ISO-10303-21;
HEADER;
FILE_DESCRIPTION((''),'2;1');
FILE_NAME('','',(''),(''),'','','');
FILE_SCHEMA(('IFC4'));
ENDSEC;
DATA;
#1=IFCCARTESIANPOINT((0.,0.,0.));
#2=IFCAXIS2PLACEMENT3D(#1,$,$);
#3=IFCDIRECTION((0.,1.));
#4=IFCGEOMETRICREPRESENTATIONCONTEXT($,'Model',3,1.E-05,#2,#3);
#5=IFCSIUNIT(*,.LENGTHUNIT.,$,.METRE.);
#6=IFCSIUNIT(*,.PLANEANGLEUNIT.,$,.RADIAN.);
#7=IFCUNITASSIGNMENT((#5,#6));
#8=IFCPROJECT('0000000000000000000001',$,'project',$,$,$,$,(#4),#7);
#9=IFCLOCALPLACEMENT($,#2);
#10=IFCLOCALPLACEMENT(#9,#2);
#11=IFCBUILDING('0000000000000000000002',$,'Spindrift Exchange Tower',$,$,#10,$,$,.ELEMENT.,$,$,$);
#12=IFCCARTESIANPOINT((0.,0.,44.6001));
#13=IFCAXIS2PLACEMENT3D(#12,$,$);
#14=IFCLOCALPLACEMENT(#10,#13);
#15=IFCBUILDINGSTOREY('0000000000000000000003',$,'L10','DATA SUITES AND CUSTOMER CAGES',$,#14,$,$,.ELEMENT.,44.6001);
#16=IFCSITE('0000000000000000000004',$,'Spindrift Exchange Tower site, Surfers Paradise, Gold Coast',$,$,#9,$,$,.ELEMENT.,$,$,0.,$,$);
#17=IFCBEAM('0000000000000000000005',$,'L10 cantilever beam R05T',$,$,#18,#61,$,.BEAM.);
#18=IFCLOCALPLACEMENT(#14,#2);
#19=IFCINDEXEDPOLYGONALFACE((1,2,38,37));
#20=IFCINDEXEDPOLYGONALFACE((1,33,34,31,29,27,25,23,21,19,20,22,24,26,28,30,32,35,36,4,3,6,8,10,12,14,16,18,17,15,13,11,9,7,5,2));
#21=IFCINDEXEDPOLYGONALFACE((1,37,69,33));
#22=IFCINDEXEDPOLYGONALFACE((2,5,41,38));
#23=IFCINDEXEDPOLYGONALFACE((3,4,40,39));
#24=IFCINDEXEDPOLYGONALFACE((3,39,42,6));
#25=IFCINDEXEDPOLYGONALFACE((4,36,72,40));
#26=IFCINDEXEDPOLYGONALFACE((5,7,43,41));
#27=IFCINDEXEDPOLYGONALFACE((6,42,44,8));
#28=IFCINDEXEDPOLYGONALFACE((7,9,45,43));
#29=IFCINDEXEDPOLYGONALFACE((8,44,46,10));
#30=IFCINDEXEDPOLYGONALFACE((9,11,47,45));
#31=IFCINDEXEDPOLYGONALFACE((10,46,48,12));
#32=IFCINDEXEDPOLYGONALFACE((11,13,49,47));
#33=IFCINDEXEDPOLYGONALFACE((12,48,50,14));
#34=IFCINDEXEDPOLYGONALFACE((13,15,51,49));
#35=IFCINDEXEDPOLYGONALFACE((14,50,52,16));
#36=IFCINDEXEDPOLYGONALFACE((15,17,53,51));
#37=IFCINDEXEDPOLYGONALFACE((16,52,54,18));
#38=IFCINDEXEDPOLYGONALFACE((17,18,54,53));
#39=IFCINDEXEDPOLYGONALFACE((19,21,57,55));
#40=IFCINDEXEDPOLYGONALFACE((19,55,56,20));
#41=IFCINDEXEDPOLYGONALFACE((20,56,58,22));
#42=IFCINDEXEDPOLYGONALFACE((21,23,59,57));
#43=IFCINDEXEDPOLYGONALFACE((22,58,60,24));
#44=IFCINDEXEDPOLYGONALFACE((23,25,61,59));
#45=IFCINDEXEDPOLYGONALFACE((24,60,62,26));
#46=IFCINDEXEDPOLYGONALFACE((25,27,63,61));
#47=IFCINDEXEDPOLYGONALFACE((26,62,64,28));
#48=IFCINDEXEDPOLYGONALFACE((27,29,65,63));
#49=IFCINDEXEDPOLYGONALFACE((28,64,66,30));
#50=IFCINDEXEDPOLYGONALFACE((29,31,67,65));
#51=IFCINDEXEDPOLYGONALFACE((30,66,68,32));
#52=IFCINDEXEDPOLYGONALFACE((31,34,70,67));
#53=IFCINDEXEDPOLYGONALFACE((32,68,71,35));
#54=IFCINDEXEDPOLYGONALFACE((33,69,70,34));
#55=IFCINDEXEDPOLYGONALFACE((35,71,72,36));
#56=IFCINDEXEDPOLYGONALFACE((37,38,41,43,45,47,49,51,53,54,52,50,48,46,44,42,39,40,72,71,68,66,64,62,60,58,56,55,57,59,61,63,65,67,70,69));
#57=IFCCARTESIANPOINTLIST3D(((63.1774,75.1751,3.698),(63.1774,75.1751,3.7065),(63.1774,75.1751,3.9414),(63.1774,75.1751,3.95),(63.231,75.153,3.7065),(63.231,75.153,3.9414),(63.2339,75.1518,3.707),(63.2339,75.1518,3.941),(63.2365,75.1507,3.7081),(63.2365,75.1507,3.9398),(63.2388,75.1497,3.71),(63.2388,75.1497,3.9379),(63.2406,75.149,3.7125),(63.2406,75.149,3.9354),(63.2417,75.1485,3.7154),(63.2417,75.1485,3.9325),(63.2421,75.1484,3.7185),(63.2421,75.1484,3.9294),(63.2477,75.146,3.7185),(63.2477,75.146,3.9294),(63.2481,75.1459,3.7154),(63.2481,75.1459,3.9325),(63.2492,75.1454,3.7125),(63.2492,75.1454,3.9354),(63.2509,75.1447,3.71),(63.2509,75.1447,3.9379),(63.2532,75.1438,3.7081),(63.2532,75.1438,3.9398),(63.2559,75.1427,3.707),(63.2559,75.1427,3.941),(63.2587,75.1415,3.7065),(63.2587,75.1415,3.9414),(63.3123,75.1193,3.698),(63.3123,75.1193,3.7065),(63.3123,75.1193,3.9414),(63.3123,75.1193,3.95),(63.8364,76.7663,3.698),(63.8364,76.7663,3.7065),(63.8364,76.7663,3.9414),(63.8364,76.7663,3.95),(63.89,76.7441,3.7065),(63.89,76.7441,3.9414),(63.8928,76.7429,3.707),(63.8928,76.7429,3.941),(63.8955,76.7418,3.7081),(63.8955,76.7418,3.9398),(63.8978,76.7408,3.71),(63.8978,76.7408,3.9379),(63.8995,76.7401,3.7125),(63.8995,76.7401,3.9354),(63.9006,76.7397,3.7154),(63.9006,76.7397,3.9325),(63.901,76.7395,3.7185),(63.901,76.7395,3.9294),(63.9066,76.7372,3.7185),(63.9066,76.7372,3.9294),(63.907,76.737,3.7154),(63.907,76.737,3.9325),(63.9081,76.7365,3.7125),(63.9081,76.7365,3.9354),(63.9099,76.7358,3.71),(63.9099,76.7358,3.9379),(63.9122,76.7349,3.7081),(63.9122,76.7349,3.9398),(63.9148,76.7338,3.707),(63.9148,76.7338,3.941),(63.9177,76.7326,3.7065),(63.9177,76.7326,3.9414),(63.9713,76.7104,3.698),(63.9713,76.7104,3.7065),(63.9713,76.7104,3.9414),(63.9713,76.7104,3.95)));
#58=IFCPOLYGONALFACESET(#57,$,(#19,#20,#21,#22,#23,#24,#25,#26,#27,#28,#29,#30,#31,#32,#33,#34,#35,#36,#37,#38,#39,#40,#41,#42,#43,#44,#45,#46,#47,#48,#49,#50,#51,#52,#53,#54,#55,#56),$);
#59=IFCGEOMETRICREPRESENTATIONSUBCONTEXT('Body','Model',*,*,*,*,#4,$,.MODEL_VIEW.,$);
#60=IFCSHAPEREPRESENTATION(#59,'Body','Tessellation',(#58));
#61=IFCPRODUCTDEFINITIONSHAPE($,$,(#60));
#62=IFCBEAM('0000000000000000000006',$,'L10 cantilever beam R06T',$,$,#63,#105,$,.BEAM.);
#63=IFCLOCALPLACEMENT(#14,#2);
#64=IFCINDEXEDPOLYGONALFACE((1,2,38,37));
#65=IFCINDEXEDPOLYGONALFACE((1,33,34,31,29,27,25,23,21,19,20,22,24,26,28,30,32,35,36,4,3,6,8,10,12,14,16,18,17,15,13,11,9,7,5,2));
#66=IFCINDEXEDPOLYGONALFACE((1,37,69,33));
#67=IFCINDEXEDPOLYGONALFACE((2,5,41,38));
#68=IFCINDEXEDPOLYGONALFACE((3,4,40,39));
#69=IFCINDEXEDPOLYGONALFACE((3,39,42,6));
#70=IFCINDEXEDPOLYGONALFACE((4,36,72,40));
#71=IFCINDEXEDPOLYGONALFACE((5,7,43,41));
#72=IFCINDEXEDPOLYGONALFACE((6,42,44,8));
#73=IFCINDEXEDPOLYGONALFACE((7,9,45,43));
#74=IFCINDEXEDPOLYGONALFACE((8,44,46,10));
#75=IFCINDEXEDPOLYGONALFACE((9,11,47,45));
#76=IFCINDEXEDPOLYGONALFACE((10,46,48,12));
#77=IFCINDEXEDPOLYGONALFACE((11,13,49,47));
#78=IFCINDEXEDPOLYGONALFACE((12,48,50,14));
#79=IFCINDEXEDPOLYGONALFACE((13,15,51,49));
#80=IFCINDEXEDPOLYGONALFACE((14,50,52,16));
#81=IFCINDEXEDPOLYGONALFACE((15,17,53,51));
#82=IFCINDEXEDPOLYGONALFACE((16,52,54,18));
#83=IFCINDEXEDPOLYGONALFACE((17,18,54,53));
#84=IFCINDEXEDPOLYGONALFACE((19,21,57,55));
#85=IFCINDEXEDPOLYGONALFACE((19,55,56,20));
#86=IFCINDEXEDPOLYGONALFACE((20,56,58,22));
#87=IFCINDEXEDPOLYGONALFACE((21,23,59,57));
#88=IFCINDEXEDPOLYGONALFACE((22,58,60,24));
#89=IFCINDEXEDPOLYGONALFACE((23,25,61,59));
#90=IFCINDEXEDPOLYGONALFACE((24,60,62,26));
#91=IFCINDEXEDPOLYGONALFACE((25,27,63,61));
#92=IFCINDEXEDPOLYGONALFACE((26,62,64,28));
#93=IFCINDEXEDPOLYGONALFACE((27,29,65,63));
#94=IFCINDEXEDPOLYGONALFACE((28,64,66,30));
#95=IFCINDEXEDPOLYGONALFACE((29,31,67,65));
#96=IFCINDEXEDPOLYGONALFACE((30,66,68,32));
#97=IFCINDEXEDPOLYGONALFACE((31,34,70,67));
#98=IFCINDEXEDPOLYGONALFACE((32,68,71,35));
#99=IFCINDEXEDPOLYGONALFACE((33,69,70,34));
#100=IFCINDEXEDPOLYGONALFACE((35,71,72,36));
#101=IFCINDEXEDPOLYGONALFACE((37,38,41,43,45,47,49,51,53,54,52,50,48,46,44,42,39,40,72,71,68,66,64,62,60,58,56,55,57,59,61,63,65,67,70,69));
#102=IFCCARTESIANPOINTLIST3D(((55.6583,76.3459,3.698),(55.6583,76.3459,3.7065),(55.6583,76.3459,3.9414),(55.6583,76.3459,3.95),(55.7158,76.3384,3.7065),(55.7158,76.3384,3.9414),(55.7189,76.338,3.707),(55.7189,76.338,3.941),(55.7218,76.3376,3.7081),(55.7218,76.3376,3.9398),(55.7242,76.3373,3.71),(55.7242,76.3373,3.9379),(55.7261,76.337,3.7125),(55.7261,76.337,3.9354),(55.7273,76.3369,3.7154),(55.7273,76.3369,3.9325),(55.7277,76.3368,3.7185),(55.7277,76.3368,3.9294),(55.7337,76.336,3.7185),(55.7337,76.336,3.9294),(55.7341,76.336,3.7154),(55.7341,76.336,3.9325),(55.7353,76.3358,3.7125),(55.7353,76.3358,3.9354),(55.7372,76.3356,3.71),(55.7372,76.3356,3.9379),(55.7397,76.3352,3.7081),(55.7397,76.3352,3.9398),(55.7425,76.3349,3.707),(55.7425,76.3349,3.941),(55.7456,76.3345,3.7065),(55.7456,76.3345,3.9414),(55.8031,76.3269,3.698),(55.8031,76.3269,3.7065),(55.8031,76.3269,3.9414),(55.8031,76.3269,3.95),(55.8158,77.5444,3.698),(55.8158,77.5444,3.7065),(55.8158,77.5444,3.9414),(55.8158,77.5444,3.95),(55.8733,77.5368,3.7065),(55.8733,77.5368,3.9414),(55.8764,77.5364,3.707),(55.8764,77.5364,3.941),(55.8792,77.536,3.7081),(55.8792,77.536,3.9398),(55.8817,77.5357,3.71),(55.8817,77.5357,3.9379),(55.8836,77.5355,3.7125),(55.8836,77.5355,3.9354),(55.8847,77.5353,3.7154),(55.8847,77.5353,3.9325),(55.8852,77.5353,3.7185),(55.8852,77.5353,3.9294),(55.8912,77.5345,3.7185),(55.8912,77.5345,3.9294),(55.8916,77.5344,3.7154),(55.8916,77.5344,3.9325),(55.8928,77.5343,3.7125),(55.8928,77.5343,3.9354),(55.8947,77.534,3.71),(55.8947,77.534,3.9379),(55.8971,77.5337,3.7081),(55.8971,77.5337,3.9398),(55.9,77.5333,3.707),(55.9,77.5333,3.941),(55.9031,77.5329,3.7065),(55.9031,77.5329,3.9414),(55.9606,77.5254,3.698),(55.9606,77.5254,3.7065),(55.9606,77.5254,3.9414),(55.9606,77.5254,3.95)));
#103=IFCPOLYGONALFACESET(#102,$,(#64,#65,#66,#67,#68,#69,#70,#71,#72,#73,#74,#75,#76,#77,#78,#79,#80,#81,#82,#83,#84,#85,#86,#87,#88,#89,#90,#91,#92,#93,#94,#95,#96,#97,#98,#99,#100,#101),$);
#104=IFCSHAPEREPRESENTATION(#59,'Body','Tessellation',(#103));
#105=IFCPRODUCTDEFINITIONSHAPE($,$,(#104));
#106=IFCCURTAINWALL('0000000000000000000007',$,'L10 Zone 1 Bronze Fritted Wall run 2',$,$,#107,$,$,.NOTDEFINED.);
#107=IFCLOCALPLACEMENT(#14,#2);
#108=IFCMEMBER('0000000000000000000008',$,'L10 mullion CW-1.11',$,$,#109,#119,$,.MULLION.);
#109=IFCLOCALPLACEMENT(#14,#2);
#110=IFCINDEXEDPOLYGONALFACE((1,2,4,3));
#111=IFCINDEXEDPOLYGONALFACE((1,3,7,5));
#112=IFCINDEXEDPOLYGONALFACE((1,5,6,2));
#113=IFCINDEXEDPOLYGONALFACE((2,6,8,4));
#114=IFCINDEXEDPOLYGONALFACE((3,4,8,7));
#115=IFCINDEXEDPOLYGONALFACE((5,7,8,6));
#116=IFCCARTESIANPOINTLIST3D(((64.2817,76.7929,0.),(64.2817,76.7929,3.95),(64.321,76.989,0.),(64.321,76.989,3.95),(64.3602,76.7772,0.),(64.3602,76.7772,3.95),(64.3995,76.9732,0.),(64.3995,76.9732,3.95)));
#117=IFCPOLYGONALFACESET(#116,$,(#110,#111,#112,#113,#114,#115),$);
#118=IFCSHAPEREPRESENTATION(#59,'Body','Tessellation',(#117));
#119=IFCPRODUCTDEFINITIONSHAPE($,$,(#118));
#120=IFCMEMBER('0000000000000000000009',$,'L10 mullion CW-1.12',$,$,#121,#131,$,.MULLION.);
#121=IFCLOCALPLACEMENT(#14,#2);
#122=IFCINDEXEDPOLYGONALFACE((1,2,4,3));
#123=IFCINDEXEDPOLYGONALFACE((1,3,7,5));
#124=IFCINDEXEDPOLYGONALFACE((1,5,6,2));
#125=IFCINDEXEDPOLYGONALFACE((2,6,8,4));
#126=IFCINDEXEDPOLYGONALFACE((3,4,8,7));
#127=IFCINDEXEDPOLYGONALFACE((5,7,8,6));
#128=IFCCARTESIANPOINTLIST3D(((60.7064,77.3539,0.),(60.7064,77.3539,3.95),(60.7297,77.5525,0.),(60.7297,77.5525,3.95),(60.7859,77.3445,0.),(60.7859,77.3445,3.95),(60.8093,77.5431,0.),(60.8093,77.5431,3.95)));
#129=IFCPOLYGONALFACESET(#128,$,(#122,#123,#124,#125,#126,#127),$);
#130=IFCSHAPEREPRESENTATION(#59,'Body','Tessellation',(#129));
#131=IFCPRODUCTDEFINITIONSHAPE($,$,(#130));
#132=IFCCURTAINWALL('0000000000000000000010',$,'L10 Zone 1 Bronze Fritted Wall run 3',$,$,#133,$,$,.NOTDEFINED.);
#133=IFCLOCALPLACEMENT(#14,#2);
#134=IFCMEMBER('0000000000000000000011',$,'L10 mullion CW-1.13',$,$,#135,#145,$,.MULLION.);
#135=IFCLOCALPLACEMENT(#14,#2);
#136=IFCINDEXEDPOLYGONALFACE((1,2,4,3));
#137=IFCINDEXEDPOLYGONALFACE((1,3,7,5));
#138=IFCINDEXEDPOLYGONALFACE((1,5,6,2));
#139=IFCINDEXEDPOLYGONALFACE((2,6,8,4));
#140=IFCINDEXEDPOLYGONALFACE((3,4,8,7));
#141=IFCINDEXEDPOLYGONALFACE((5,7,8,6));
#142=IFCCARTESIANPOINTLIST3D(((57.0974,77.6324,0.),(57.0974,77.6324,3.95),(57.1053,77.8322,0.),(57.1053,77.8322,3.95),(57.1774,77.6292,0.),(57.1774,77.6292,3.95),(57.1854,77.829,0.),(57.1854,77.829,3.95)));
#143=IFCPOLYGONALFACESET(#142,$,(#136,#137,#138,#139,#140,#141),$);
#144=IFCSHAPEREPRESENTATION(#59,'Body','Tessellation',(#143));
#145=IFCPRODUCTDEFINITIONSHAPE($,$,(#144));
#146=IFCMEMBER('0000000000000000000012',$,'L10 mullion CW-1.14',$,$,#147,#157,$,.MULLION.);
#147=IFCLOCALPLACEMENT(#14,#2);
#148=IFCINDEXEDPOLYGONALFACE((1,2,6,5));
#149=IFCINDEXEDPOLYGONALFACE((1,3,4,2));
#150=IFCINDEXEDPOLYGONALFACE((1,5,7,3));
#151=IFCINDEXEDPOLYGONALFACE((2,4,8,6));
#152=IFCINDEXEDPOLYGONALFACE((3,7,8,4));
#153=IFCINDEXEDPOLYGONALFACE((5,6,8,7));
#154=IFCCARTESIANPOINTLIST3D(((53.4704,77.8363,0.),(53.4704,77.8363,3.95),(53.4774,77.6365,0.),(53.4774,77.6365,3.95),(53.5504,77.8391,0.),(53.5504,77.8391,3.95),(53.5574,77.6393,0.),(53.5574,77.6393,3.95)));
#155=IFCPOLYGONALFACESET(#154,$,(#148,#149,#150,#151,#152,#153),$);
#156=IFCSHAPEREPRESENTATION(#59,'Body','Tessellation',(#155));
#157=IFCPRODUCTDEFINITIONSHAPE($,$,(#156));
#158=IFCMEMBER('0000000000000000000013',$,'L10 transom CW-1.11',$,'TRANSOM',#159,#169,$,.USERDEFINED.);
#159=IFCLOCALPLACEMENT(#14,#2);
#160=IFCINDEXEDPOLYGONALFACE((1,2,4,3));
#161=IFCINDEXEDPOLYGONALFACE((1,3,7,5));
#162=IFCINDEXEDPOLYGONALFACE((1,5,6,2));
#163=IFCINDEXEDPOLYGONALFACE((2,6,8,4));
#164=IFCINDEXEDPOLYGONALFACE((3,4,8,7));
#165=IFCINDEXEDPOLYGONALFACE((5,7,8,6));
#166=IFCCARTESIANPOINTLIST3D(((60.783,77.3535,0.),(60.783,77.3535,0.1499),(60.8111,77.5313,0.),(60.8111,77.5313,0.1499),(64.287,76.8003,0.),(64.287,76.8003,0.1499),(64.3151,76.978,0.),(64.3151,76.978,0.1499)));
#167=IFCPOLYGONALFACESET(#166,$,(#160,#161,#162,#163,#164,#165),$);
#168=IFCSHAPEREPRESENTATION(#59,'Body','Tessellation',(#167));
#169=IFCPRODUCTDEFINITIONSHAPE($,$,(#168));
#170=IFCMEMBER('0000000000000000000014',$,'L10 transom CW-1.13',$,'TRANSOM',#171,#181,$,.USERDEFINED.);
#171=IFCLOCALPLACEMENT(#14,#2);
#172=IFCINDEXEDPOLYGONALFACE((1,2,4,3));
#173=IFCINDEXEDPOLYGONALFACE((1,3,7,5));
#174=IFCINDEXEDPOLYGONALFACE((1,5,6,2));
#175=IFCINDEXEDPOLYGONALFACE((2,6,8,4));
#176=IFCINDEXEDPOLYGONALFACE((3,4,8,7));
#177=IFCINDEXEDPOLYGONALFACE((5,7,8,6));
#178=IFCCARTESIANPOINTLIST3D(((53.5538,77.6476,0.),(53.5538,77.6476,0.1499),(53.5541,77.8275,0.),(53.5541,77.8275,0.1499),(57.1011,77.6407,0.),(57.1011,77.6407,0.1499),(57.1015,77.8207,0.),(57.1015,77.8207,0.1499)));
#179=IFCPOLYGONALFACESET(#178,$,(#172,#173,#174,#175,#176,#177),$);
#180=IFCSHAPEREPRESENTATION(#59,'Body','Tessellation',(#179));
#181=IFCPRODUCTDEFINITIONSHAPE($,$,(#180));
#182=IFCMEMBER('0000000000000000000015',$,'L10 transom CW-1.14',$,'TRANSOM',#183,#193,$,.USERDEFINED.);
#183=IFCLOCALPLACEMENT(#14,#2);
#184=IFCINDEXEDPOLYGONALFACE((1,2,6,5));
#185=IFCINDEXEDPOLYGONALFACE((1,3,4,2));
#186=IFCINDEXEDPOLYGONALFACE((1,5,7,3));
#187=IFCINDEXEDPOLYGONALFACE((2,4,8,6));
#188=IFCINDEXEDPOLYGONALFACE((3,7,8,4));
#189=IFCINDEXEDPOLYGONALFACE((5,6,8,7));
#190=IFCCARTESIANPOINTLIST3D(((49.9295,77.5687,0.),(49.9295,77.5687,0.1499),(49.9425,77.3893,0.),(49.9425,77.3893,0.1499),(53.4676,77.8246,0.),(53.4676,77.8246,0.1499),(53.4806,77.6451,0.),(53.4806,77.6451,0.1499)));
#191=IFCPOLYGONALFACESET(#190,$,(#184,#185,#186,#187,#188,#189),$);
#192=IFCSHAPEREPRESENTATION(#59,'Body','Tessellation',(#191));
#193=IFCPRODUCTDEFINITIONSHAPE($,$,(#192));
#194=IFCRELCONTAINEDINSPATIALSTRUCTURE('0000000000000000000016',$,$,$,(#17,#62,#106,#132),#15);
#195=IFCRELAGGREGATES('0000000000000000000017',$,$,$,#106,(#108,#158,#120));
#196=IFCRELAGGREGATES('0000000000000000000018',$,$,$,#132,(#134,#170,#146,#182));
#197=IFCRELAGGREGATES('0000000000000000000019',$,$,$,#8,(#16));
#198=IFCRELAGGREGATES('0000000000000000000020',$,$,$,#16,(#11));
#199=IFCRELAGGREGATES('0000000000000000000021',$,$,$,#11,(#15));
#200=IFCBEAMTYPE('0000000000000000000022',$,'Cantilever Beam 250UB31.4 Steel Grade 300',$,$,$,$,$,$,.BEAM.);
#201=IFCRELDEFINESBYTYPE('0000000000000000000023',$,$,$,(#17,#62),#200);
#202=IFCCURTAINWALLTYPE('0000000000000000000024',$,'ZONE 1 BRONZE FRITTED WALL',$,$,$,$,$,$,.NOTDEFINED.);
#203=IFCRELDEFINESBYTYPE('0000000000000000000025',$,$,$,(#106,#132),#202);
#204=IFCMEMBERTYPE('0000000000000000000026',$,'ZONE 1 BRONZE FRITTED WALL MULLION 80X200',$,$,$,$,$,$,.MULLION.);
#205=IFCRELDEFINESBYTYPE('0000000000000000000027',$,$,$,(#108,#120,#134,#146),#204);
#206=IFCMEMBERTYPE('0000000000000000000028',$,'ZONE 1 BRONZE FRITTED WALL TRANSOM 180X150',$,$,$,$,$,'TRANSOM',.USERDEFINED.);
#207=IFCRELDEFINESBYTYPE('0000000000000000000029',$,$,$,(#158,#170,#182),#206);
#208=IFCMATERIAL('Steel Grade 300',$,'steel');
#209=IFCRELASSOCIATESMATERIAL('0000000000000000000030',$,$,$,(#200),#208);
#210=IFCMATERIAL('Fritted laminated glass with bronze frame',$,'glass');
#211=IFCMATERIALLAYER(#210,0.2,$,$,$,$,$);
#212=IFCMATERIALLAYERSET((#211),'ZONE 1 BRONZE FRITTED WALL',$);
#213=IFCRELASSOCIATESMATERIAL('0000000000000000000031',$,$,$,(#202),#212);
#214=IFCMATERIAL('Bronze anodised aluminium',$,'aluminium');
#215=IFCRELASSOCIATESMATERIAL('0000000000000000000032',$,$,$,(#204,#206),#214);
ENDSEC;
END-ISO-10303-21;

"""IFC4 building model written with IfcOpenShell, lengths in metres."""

from ifc_helpers import new_model, si_unit, direction, frame, origin, origin_2d, place, context, subcontext, project, spatial, rectangle, i_section, extrude, source, transform, mapped, material, layer, layer_set, material_profile, profile_set, type_object, element, aggregate, save


model = new_model("IFC4")

# Units and contexts
model_context = context("Model", 3, precision=1e-05, world=origin(), true_north=direction((0.0, 1.0)))
body_context = subcontext(model_context, "Body", "Model", "MODEL_VIEW")
ifc_project = project(units=[si_unit("LENGTHUNIT", "METRE"), si_unit("PLANEANGLEUNIT", "RADIAN")], contexts=[model_context])

# Site, building, storey
site_placement = place(None, origin())
site = spatial("IfcSite", under=ifc_project, at=site_placement, Name="Spindrift Exchange Tower site, Surfers Paradise, Gold Coast", CompositionType="ELEMENT", RefElevation=0.0)
building_placement = place(site_placement, origin())
building = spatial("IfcBuilding", under=site, at=building_placement, Name="Spindrift Exchange Tower", CompositionType="ELEMENT")
storey_placement = place(building_placement, frame((0.0, 0.0, 44.6001)))
storey = spatial("IfcBuildingStorey", under=building, at=storey_placement, Name="L10", Description="DATA SUITES AND CUSTOMER CAGES", CompositionType="ELEMENT", Elevation=44.6001)

# Beams
ifc_material_1 = material(Name="Steel Grade 300", Category="steel")
ifc_material_profile_1 = material_profile(ifc_material_1, i_section(OverallWidth=0.146, OverallDepth=0.252, WebThickness=0.0061, FlangeThickness=0.0085, FilletRadius=0.012, at=origin_2d()), Name="250UB31.4")
ifc_profile_set_1 = profile_set([ifc_material_profile_1], Name="Steel Grade 300")
beam_type_1 = type_object("IfcBeamType", Name="Cantilever Beam 250UB31.4 Steel Grade 300", PredefinedType="BEAM", material=ifc_profile_set_1)
shared_shape_1 = source(origin(), body_context, "Body", "SweptSolid", [
    extrude(i_section(OverallWidth=0.146, OverallDepth=0.252, WebThickness=0.0061, FlangeThickness=0.0085, FilletRadius=0.012, at=origin_2d()), origin(), (0.0, 0.0, 1.0), 1.7222),
])
beam_1_placement = place(storey_placement, frame((63.2449, 75.1472, 3.824), z_axis=(0.382631, 0.923901, 0.0), x_axis=(-0.923901, 0.382631, 0.0)))
element("IfcBeam", 1, at=beam_1_placement, inside=storey, type_object=beam_type_1, Name="L10 cantilever beam R05T", PredefinedType="BEAM", context=body_context, shape_type="MappedRepresentation", body=[
    mapped(shared_shape_1, transform((0.0, 0.0, 0.0), scale=1.0)),
])
shared_shape_2 = source(origin(), body_context, "Body", "SweptSolid", [
    extrude(i_section(OverallWidth=0.146, OverallDepth=0.252, WebThickness=0.0061, FlangeThickness=0.0085, FilletRadius=0.012, at=origin_2d()), origin(), (0.0, 0.0, 1.0), 1.2087),
])
beam_2_placement = place(storey_placement, frame((55.7307, 76.3364, 3.824), z_axis=(0.130272, 0.991478, 0.0), x_axis=(-0.991478, 0.130272, 0.0)))
element("IfcBeam", 2, at=beam_2_placement, inside=storey, type_object=beam_type_1, Name="L10 cantilever beam R06T", PredefinedType="BEAM", context=body_context, shape_type="MappedRepresentation", body=[
    mapped(shared_shape_2, transform((0.0, 0.0, 0.0), scale=1.0)),
])

# Curtain walls, members
ifc_material_2 = material(Name="Fritted laminated glass with bronze frame", Category="glass")
ifc_layer_1 = layer(ifc_material_2, 0.2)
ifc_layer_set_1 = layer_set([ifc_layer_1], Name="ZONE 1 BRONZE FRITTED WALL")
curtain_wall_type = type_object("IfcCurtainWallType", Name="ZONE 1 BRONZE FRITTED WALL", PredefinedType="NOTDEFINED", material=ifc_layer_set_1)
curtain_wall_1_placement = place(storey_placement, origin())
curtain_wall_1 = element("IfcCurtainWall", 3, at=curtain_wall_1_placement, inside=storey, type_object=curtain_wall_type, Name="L10 Zone 1 Bronze Fritted Wall run 2", PredefinedType="NOTDEFINED")
ifc_material_3 = material(Name="Bronze anodised aluminium", Category="aluminium")
ifc_material_profile_2 = material_profile(ifc_material_3, rectangle(XDim=0.0801, YDim=0.2, at=origin_2d()), Name="ZONE 1 BRONZE FRITTED WALL MULLION 80X200")
ifc_profile_set_2 = profile_set([ifc_material_profile_2], Name="Bronze anodised aluminium")
member_type_1 = type_object("IfcMemberType", Name="ZONE 1 BRONZE FRITTED WALL MULLION 80X200", PredefinedType="MULLION", material=ifc_profile_set_2)
shared_shape_3 = source(origin(), body_context, "Body", "SweptSolid", [
    extrude(rectangle(XDim=0.0801, YDim=0.2, at=origin_2d()), origin(), (0.0, 0.0, 1.0), 3.95),
])
member_1_placement = place(storey_placement, frame((64.3406, 76.8831, 0.0), z_axis=(0.0, 0.0, 1.0), x_axis=(-0.980509, 0.196475, 0.0)))
member_1 = element("IfcMember", 4, at=member_1_placement, type_object=member_type_1, Name="L10 mullion CW-1.11", PredefinedType="MULLION", context=body_context, shape_type="MappedRepresentation", body=[
    mapped(shared_shape_3, transform((0.0, 0.0, 0.0), scale=1.0)),
])
member_2_placement = place(storey_placement, frame((60.7578, 77.4485, 0.0), z_axis=(0.0, 0.0, 1.0), x_axis=(-0.993139, 0.116942, 0.0)))
member_2 = element("IfcMember", 5, at=member_2_placement, type_object=member_type_1, Name="L10 mullion CW-1.12", PredefinedType="MULLION", context=body_context, shape_type="MappedRepresentation", body=[
    mapped(shared_shape_3, transform((0.0, 0.0, 0.0), scale=1.0)),
])
curtain_wall_2_placement = place(storey_placement, origin())
curtain_wall_2 = element("IfcCurtainWall", 6, at=curtain_wall_2_placement, inside=storey, type_object=curtain_wall_type, Name="L10 Zone 1 Bronze Fritted Wall run 3", PredefinedType="NOTDEFINED")
member_3_placement = place(storey_placement, frame((57.1414, 77.7307, 0.0), z_axis=(0.0, 0.0, 1.0), x_axis=(-0.999204, 0.039893, 0.0)))
member_3 = element("IfcMember", 7, at=member_3_placement, type_object=member_type_1, Name="L10 mullion CW-1.13", PredefinedType="MULLION", context=body_context, shape_type="MappedRepresentation", body=[
    mapped(shared_shape_3, transform((0.0, 0.0, 0.0), scale=1.0)),
])
member_4_placement = place(storey_placement, frame((53.5139, 77.7378, 0.0), z_axis=(0.0, 0.0, 1.0), x_axis=(-0.999384, -0.035105, 0.0)))
member_4 = element("IfcMember", 8, at=member_4_placement, type_object=member_type_1, Name="L10 mullion CW-1.14", PredefinedType="MULLION", context=body_context, shape_type="MappedRepresentation", body=[
    mapped(shared_shape_3, transform((0.0, 0.0, 0.0), scale=1.0)),
])

# Members
ifc_material_profile_3 = material_profile(ifc_material_3, rectangle(XDim=0.1799, YDim=0.1499, at=origin_2d()), Name="ZONE 1 BRONZE FRITTED WALL TRANSOM 180X150")
ifc_profile_set_3 = profile_set([ifc_material_profile_3], Name="Bronze anodised aluminium")
member_type_2 = type_object("IfcMemberType", Name="ZONE 1 BRONZE FRITTED WALL TRANSOM 180X150", ElementType="TRANSOM", PredefinedType="USERDEFINED", material=ifc_profile_set_3)
shared_shape_4 = source(origin(), body_context, "Body", "SweptSolid", [
    extrude(rectangle(XDim=0.1799, YDim=0.1499, at=origin_2d()), origin(), (0.0, 0.0, 1.0), 3.5474),
])
member_5_placement = place(storey_placement, frame((64.301, 76.8892, 0.075), z_axis=(-0.987764, 0.155956, 0.0), x_axis=(-0.155956, -0.987764, 0.0)))
member_5 = element("IfcMember", 9, at=member_5_placement, type_object=member_type_2, Name="L10 transom CW-1.11", ObjectType="TRANSOM", PredefinedType="USERDEFINED", context=body_context, shape_type="MappedRepresentation", body=[
    mapped(shared_shape_4, transform((0.0, 0.0, 0.0), scale=1.0)),
])
member_6_placement = place(storey_placement, frame((57.1013, 77.7307, 0.075), z_axis=(-0.999998, 0.001927, 0.0), x_axis=(-0.001927, -0.999998, 0.0)))
member_6 = element("IfcMember", 10, at=member_6_placement, type_object=member_type_2, Name="L10 transom CW-1.13", ObjectType="TRANSOM", PredefinedType="USERDEFINED", context=body_context, shape_type="MappedRepresentation", body=[
    mapped(shared_shape_4, transform((0.0, 0.0, 0.0), scale=1.0)),
])
member_7_placement = place(storey_placement, frame((53.4741, 77.7349, 0.075), z_axis=(-0.997395, -0.072127, 0.0), x_axis=(0.072127, -0.997395, 0.0)))
member_7 = element("IfcMember", 11, at=member_7_placement, type_object=member_type_2, Name="L10 transom CW-1.14", ObjectType="TRANSOM", PredefinedType="USERDEFINED", context=body_context, shape_type="MappedRepresentation", body=[
    mapped(shared_shape_4, transform((0.0, 0.0, 0.0), scale=1.0)),
])

aggregate(curtain_wall_1, [member_1, member_5, member_2])
aggregate(curtain_wall_2, [member_3, member_6, member_4, member_7])

save(model, "model.ifc")
